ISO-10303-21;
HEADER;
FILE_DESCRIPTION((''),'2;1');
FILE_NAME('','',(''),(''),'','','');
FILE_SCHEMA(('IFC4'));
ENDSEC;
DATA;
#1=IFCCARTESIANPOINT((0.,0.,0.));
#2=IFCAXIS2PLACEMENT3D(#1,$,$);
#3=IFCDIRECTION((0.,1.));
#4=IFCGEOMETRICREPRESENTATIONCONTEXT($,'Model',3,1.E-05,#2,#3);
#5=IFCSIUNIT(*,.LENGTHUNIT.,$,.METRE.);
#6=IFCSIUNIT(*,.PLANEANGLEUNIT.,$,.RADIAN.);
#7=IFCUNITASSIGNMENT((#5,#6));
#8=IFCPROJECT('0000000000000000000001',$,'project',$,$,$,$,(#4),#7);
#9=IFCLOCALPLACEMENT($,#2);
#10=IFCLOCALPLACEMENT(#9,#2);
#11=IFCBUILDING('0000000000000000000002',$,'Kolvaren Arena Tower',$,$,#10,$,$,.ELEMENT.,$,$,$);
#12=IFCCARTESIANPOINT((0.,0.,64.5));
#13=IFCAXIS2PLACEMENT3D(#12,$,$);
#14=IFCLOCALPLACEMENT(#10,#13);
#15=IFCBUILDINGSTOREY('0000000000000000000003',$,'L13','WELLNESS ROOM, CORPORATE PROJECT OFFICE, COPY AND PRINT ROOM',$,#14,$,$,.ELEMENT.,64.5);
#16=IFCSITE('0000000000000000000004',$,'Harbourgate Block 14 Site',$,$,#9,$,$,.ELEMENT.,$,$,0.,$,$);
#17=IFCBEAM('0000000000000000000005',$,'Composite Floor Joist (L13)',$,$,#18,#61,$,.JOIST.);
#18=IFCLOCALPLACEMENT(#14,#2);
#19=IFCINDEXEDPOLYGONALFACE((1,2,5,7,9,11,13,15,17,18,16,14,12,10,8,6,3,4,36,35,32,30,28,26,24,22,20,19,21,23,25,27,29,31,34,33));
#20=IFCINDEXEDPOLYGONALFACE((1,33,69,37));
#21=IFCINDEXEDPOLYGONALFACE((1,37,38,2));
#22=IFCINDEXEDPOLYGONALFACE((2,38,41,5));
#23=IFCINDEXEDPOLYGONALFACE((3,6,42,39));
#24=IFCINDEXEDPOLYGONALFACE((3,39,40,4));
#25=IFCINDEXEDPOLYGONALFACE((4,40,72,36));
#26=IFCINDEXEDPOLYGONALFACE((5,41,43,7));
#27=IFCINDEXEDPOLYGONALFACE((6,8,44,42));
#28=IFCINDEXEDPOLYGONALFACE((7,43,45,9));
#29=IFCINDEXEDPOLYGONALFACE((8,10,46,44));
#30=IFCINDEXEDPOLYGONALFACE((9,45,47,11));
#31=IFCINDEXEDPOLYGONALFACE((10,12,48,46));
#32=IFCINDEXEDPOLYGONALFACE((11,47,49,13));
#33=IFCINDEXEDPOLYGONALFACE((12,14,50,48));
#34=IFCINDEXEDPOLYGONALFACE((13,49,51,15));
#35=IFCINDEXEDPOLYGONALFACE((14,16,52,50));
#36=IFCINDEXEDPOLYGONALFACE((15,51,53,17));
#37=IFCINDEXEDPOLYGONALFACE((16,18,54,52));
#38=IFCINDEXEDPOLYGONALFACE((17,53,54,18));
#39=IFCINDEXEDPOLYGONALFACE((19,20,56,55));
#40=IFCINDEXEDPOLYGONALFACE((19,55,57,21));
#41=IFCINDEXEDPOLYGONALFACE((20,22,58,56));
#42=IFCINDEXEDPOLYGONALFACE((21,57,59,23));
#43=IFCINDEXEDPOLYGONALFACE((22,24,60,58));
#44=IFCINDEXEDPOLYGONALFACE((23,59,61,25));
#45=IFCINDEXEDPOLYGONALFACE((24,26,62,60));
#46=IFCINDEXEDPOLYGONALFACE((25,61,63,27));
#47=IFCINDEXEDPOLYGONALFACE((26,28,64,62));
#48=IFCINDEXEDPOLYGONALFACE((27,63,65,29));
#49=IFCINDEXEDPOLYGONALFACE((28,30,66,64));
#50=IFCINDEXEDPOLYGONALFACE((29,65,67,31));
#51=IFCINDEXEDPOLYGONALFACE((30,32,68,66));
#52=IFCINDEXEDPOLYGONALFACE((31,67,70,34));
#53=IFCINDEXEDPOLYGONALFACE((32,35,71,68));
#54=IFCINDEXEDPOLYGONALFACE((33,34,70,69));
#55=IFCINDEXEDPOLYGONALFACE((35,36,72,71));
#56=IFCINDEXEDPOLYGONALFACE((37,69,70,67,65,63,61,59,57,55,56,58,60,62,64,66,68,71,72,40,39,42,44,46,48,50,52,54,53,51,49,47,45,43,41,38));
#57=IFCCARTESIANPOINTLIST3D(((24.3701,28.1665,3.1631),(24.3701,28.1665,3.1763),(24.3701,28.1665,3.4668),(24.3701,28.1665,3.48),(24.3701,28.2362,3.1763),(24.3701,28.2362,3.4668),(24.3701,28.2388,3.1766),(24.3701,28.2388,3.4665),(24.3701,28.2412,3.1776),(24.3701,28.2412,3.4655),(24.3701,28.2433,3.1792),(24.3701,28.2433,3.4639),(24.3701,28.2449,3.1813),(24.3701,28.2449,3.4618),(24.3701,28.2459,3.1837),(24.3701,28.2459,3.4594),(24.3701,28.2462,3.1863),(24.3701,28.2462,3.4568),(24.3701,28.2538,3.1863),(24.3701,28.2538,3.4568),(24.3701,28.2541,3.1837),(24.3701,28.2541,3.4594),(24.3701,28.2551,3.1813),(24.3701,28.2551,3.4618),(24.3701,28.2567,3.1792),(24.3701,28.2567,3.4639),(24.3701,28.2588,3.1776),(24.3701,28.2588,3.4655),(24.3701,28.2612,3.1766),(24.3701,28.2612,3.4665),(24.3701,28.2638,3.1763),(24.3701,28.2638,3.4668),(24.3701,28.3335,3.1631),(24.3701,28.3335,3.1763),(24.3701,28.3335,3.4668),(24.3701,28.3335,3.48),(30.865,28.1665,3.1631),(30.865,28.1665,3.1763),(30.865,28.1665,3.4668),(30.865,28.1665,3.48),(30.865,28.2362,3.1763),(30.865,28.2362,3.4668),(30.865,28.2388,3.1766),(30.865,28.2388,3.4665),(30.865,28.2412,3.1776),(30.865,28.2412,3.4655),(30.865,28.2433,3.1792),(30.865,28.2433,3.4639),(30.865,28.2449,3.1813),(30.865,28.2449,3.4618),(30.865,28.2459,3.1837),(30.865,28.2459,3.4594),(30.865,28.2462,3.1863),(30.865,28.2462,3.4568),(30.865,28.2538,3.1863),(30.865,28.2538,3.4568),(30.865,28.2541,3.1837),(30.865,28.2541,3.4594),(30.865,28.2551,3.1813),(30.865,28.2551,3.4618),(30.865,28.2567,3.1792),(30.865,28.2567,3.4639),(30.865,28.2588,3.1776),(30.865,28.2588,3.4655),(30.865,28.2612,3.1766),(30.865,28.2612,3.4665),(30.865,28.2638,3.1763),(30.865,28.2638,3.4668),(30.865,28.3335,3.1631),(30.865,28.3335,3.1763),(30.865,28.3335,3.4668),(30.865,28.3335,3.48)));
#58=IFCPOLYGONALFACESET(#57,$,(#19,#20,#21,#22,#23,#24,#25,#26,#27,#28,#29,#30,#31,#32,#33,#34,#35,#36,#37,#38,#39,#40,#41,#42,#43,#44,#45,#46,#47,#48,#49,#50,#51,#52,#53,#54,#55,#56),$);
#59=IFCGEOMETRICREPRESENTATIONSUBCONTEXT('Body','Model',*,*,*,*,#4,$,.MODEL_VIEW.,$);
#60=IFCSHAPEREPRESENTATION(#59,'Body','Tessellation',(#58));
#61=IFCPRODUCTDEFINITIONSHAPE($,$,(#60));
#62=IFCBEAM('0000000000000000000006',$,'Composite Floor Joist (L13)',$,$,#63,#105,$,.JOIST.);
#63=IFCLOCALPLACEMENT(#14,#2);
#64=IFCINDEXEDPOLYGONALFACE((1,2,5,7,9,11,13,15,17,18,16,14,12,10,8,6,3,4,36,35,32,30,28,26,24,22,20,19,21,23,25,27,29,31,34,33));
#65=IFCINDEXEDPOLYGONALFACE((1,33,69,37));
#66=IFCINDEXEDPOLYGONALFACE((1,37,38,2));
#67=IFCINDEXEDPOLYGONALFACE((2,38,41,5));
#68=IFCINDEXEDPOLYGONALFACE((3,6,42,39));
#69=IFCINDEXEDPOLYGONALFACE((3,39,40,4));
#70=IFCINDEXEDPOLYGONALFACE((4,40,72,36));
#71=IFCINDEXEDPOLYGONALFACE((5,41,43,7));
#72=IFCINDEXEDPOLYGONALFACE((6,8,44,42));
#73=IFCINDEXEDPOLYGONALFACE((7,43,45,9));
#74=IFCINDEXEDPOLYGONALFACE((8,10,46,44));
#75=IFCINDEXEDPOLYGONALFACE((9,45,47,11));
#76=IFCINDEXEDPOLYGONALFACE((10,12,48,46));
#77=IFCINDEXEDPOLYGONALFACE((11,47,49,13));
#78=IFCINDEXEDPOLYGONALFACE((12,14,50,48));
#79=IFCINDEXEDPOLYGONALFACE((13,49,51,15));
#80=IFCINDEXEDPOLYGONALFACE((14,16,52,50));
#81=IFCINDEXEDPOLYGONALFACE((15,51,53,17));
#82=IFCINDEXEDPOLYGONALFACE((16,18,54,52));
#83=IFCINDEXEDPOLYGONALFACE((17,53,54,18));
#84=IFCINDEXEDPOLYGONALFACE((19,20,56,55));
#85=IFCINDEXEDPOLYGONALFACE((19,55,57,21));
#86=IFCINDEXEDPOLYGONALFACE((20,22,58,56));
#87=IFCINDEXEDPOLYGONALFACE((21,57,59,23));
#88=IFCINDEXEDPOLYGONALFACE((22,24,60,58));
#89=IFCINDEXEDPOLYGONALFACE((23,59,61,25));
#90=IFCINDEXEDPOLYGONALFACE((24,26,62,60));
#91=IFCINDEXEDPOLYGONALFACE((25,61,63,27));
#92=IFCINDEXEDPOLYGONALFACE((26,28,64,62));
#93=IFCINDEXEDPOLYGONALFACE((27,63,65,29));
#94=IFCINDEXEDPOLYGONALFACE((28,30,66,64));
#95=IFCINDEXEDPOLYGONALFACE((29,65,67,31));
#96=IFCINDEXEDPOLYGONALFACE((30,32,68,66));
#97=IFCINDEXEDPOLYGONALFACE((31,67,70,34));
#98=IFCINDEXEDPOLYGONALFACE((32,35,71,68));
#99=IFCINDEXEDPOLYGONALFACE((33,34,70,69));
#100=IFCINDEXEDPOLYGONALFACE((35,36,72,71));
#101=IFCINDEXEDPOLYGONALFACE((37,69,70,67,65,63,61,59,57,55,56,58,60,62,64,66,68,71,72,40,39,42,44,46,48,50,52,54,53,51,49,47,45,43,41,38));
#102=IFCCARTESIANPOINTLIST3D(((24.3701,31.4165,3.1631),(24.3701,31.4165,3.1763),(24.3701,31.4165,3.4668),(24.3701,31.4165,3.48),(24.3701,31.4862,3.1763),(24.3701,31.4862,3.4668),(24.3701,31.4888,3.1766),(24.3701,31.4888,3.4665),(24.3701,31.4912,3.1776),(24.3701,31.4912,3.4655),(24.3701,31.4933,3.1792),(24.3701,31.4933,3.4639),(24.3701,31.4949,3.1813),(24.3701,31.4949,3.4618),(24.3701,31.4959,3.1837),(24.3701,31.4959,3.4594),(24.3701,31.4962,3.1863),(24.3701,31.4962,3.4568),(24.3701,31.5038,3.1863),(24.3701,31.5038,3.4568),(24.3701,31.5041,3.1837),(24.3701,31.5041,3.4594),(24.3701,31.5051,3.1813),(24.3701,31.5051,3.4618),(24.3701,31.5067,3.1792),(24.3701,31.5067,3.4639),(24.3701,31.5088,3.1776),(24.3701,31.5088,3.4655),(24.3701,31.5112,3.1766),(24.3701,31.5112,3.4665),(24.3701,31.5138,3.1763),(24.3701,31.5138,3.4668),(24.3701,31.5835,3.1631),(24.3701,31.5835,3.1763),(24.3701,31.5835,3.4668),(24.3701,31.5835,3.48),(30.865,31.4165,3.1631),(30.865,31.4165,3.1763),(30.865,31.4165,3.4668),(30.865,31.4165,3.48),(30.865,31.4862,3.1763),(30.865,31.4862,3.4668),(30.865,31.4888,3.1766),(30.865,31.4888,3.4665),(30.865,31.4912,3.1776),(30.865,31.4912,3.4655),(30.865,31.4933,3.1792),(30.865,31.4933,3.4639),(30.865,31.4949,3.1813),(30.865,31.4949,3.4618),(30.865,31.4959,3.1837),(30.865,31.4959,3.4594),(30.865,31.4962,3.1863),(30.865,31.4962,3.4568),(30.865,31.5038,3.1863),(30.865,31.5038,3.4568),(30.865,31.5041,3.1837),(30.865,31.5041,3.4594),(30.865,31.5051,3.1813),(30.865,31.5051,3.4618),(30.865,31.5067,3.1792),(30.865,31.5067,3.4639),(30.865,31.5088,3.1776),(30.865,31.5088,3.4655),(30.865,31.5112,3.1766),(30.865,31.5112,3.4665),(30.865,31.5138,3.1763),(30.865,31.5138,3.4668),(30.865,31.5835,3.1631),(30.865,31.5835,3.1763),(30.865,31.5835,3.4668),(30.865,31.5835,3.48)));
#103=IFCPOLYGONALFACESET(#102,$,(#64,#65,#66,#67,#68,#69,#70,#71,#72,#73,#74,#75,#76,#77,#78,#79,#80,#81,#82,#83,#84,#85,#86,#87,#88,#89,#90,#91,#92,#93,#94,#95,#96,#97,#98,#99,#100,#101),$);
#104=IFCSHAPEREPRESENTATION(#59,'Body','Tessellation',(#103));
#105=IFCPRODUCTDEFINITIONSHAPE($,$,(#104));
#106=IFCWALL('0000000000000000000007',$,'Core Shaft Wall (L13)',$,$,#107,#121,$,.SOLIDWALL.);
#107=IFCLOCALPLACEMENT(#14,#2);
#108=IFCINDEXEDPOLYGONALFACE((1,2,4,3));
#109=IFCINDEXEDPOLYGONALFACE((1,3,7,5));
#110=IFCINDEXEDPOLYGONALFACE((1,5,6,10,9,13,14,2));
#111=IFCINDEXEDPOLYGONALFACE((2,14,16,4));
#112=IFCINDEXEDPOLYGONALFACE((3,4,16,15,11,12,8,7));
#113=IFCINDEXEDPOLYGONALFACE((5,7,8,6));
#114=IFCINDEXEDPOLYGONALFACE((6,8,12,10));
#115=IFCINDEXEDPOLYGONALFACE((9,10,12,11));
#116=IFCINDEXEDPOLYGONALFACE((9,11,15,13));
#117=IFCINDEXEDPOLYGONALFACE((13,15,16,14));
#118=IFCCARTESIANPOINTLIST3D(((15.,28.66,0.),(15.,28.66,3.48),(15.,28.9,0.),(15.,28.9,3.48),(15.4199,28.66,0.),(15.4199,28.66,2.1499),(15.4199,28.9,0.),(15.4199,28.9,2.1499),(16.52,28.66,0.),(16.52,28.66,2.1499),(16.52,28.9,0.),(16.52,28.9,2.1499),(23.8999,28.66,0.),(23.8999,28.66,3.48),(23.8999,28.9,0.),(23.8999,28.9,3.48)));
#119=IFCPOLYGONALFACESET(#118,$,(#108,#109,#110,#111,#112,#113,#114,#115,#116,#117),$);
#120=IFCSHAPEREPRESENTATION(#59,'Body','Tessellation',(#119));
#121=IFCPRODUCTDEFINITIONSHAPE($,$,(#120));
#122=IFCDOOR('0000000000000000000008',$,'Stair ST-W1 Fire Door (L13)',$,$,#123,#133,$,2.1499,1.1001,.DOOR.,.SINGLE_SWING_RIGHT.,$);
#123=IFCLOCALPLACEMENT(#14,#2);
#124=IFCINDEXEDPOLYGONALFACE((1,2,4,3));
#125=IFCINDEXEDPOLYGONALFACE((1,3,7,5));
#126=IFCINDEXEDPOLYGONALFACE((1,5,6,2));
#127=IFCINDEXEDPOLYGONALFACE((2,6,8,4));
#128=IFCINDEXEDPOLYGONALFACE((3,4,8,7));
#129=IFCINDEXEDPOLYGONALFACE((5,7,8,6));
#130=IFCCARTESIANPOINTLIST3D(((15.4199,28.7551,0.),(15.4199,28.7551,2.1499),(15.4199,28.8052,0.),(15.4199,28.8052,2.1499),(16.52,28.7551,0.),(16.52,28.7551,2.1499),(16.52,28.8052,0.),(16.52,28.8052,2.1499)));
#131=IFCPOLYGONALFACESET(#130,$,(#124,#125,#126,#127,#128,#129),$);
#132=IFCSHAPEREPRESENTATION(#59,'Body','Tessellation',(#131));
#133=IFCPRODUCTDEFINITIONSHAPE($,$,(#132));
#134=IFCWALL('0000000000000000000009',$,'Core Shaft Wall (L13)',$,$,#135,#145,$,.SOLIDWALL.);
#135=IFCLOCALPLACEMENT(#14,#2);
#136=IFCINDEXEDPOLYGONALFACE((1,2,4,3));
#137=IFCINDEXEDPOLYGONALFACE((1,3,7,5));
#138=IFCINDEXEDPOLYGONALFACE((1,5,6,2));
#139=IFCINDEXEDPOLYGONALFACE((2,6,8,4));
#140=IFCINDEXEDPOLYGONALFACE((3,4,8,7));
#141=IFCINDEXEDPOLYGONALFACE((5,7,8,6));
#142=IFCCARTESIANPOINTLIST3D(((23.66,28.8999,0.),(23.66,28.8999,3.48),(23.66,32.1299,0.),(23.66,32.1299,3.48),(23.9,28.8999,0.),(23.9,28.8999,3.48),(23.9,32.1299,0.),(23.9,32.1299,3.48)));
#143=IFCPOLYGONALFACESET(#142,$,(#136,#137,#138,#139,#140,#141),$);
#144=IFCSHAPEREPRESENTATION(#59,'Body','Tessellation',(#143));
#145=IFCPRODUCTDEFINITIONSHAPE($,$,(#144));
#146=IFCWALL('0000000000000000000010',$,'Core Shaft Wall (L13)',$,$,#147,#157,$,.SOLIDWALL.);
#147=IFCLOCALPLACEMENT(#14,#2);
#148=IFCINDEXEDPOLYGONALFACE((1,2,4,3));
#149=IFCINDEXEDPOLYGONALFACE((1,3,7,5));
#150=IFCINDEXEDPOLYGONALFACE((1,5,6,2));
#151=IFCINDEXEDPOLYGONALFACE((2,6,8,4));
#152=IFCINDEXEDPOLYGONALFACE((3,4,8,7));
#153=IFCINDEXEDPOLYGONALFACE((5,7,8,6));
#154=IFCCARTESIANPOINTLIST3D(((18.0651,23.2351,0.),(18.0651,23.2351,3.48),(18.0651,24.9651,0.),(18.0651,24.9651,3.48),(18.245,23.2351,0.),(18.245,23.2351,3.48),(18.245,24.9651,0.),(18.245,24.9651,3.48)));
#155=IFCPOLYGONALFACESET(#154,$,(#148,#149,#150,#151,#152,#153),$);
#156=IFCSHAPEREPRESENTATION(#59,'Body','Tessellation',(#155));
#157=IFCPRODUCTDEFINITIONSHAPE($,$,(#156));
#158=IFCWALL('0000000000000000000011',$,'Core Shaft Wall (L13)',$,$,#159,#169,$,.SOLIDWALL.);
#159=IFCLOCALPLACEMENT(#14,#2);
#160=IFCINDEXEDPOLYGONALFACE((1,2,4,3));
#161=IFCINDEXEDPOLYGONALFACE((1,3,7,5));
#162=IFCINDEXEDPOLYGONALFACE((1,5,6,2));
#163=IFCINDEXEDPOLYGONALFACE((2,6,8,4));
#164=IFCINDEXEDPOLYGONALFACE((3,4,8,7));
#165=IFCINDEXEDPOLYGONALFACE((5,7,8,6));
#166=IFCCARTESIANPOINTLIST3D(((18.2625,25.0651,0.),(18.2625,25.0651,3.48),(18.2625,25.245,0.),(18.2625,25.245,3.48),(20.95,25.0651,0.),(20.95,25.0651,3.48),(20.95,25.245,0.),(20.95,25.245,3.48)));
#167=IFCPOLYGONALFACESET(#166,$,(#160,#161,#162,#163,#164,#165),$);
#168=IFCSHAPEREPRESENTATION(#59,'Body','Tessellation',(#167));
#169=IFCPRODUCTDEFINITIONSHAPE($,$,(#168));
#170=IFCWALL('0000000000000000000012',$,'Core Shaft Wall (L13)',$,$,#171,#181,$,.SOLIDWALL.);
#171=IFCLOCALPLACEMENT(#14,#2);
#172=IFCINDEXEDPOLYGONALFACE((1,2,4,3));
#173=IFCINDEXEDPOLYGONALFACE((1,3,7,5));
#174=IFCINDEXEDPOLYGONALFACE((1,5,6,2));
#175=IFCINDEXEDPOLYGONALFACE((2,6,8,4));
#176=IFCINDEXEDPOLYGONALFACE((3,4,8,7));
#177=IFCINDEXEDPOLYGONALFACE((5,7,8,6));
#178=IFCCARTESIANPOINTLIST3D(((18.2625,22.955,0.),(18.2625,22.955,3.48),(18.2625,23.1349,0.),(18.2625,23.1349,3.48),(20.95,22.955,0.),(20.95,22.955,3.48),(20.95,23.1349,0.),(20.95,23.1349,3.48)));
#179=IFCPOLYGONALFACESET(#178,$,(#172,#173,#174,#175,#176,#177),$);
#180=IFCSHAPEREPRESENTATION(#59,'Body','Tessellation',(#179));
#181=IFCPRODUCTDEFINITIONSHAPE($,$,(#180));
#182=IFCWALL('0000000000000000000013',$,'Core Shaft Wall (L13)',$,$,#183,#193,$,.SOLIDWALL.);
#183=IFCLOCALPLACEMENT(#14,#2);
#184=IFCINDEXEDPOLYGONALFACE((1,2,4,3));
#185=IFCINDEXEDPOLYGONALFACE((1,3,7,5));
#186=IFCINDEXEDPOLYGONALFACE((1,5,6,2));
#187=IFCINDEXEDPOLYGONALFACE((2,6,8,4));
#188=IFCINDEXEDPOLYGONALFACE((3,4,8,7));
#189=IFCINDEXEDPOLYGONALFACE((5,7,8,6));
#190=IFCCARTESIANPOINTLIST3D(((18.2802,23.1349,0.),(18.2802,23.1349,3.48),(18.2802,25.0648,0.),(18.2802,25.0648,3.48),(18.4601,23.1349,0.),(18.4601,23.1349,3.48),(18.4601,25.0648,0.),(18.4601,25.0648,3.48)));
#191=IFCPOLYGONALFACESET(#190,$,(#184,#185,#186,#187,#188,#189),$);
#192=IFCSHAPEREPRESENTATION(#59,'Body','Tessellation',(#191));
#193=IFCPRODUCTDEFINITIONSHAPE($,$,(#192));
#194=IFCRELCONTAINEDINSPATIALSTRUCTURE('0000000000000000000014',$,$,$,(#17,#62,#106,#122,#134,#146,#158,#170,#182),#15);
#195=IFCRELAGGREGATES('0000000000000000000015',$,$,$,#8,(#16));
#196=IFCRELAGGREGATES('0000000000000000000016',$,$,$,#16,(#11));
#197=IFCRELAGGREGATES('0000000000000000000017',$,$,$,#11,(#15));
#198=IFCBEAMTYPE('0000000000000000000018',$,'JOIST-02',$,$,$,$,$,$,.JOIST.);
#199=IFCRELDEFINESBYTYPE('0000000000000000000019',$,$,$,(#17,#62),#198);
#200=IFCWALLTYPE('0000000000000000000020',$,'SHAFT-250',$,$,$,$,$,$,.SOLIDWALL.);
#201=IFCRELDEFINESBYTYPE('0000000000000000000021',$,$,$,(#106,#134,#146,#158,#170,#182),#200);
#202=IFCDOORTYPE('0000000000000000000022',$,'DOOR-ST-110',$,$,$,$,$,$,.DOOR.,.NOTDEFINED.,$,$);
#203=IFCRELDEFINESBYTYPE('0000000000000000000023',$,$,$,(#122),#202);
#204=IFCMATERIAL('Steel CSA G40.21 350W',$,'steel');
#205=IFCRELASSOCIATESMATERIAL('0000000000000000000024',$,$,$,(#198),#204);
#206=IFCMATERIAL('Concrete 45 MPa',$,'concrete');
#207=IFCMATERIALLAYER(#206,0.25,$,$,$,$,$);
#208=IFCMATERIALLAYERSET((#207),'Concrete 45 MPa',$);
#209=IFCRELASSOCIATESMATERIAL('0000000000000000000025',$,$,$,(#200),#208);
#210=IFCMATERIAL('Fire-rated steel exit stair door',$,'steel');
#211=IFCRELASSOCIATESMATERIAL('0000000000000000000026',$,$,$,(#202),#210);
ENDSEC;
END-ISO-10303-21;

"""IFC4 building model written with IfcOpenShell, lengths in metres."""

from ifc_helpers import new_model, si_unit, direction, frame, frame_2d, origin, origin_2d, place, context, subcontext, project, spatial, rectangle, i_section, extrude, material, layer, layer_set, material_profile, profile_set, type_object, element, fill, save


model = new_model("IFC4")

# Units and contexts
model_context = context("Model", 3, precision=1e-05, world=origin(), true_north=direction((0.0, 1.0)))
body_context = subcontext(model_context, "Body", "Model", "MODEL_VIEW")
ifc_project = project(units=[si_unit("LENGTHUNIT", "METRE"), si_unit("PLANEANGLEUNIT", "RADIAN")], contexts=[model_context])

# Site, building, storey
site_placement = place(None, origin())
site = spatial("IfcSite", under=ifc_project, at=site_placement, Name="Harbourgate Block 14 Site", CompositionType="ELEMENT", RefElevation=0.0)
building_placement = place(site_placement, origin())
building = spatial("IfcBuilding", under=site, at=building_placement, Name="Kolvaren Arena Tower", CompositionType="ELEMENT")
storey_placement = place(building_placement, frame((0.0, 0.0, 64.5)))
storey = spatial("IfcBuildingStorey", under=building, at=storey_placement, Name="L13", Description="WELLNESS ROOM, CORPORATE PROJECT OFFICE, COPY AND PRINT ROOM", CompositionType="ELEMENT", Elevation=64.5)

# Beams
ifc_material_1 = material(Name="Steel CSA G40.21 350W", Category="steel")
ifc_material_profile_1 = material_profile(ifc_material_1, i_section(OverallWidth=0.167, OverallDepth=0.3169, WebThickness=0.0076, FlangeThickness=0.0132, FilletRadius=0.01, at=origin_2d()), Name="W310x52")
ifc_profile_set_1 = profile_set([ifc_material_profile_1], Name="Steel CSA G40.21 350W")
beam_type_1 = type_object("IfcBeamType", Name="JOIST-02", PredefinedType="JOIST", material=ifc_profile_set_1)
for number, where, z_axis, x_axis, name in (
    (1, (24.3701, 28.25, 3.3215), (1.0, 0.0, 0.0), (0.0, 1.0, 0.0), "Composite Floor Joist (L13)"),
    (2, (24.3701, 31.5, 3.3215), (1.0, 0.0, 0.0), (0.0, 1.0, 0.0), "Composite Floor Joist (L13)"),
):
    element("IfcBeam", number, at=place(storey_placement, frame(where, z_axis=z_axis, x_axis=x_axis)), inside=storey, type_object=beam_type_1, Name=name, PredefinedType="JOIST", context=body_context, shape_type="SweptSolid", body=[
        extrude(i_section(OverallWidth=0.167, OverallDepth=0.3169, WebThickness=0.0076, FlangeThickness=0.0132, FilletRadius=0.01, at=origin_2d()), origin(), (0.0, 0.0, 1.0), 6.4949),
    ])

# Wall, opening, door
ifc_material_2 = material(Name="Concrete 45 MPa", Category="concrete")
ifc_layer = layer(ifc_material_2, 0.25)
ifc_layer_set = layer_set([ifc_layer], Name="Concrete 45 MPa")
wall_type = type_object("IfcWallType", Name="SHAFT-250", PredefinedType="SOLIDWALL", material=ifc_layer_set)
wall_1_placement = place(storey_placement, frame((23.8999, 28.78, 0.0), z_axis=(0.0, 0.0, 1.0), x_axis=(-1.0, 0.0, 0.0)))
wall_1 = element("IfcWall", 3, at=wall_1_placement, inside=storey, type_object=wall_type, Name="Core Shaft Wall (L13)", PredefinedType="SOLIDWALL", context=body_context, shape_type="SweptSolid", body=[
    extrude(rectangle(XDim=8.8999, YDim=0.24, at=frame_2d((4.45, 0.0))), origin(), (0.0, 0.0, 1.0), 3.48),
])
opening_placement = place(wall_1_placement, frame((7.3799, 0.0, 0.0)))
opening = element("IfcOpeningElement", 4, at=opening_placement, cuts=wall_1, PredefinedType="OPENING", context=body_context, shape_type="SweptSolid", body=[
    extrude(rectangle(XDim=1.1001, YDim=2.1499, at=frame_2d((0.55, 1.075))), frame((0.0, 0.1299, 0.0), z_axis=(0.0, -1.0, 0.0), x_axis=(1.0, 0.0, 0.0)), (0.0, 0.0, 1.0), 0.26),
])
ifc_material_3 = material(Name="Fire-rated steel exit stair door", Category="steel")
door_type = type_object("IfcDoorType", Name="DOOR-ST-110", OperationType="NOTDEFINED", PredefinedType="DOOR", material=ifc_material_3)
door_placement = place(opening_placement, origin())
door = element("IfcDoor", 5, at=door_placement, inside=storey, type_object=door_type, Name="Stair ST-W1 Fire Door (L13)", OperationType="SINGLE_SWING_RIGHT", OverallHeight=2.1499, OverallWidth=1.1001, PredefinedType="DOOR", context=body_context, shape_type="SweptSolid", body=[
    extrude(rectangle(XDim=1.1001, YDim=2.1499, at=frame_2d((0.55, 1.075))), frame((0.0, 0.0249, 0.0), z_axis=(0.0, -1.0, 0.0), x_axis=(1.0, 0.0, 0.0)), (0.0, 0.0, 1.0), 0.05),
])
fill(opening, door)

# Walls
wall_2_placement = place(storey_placement, frame((23.78, 28.8999, 0.0), z_axis=(0.0, 0.0, 1.0), x_axis=(0.0, 1.0, 0.0)))
element("IfcWall", 6, at=wall_2_placement, inside=storey, type_object=wall_type, Name="Core Shaft Wall (L13)", PredefinedType="SOLIDWALL", context=body_context, shape_type="SweptSolid", body=[
    extrude(rectangle(XDim=3.23, YDim=0.24, at=frame_2d((1.615, 0.0))), origin(), (0.0, 0.0, 1.0), 3.48),
])
wall_3_placement = place(storey_placement, frame((18.155, 23.2351, 0.0), z_axis=(0.0, 0.0, 1.0), x_axis=(0.0, 1.0, 0.0)))
element("IfcWall", 7, at=wall_3_placement, inside=storey, type_object=wall_type, Name="Core Shaft Wall (L13)", PredefinedType="SOLIDWALL", context=body_context, shape_type="SweptSolid", body=[
    extrude(rectangle(XDim=1.73, YDim=0.1799, at=frame_2d((0.865, 0.0))), origin(), (0.0, 0.0, 1.0), 3.48),
])
for number, where, z_axis, x_axis, name in (
    (8, (18.2625, 25.155, 0.0), (0.0, 0.0, 1.0), (1.0, 0.0, 0.0), "Core Shaft Wall (L13)"),
    (9, (18.2625, 23.0449, 0.0), (0.0, 0.0, 1.0), (1.0, 0.0, 0.0), "Core Shaft Wall (L13)"),
):
    element("IfcWall", number, at=place(storey_placement, frame(where, z_axis=z_axis, x_axis=x_axis)), inside=storey, type_object=wall_type, Name=name, PredefinedType="SOLIDWALL", context=body_context, shape_type="SweptSolid", body=[
        extrude(rectangle(XDim=2.6875, YDim=0.1799, at=frame_2d((1.3438, 0.0))), origin(), (0.0, 0.0, 1.0), 3.48),
    ])
for number, where, z_axis, x_axis, name in (
    (10, (18.3701, 23.135, 0.0), (0.0, 0.0, 1.0), (0.0, 1.0, 0.0), "Core Shaft Wall (L13)"),
):
    element("IfcWall", number, at=place(storey_placement, frame(where, z_axis=z_axis, x_axis=x_axis)), inside=storey, type_object=wall_type, Name=name, PredefinedType="SOLIDWALL", context=body_context, shape_type="SweptSolid", body=[
        extrude(rectangle(XDim=1.9299, YDim=0.1799, at=frame_2d((0.9648, 0.0))), origin(), (0.0, 0.0, 1.0), 3.48),
    ])

save(model, "model.ifc")
